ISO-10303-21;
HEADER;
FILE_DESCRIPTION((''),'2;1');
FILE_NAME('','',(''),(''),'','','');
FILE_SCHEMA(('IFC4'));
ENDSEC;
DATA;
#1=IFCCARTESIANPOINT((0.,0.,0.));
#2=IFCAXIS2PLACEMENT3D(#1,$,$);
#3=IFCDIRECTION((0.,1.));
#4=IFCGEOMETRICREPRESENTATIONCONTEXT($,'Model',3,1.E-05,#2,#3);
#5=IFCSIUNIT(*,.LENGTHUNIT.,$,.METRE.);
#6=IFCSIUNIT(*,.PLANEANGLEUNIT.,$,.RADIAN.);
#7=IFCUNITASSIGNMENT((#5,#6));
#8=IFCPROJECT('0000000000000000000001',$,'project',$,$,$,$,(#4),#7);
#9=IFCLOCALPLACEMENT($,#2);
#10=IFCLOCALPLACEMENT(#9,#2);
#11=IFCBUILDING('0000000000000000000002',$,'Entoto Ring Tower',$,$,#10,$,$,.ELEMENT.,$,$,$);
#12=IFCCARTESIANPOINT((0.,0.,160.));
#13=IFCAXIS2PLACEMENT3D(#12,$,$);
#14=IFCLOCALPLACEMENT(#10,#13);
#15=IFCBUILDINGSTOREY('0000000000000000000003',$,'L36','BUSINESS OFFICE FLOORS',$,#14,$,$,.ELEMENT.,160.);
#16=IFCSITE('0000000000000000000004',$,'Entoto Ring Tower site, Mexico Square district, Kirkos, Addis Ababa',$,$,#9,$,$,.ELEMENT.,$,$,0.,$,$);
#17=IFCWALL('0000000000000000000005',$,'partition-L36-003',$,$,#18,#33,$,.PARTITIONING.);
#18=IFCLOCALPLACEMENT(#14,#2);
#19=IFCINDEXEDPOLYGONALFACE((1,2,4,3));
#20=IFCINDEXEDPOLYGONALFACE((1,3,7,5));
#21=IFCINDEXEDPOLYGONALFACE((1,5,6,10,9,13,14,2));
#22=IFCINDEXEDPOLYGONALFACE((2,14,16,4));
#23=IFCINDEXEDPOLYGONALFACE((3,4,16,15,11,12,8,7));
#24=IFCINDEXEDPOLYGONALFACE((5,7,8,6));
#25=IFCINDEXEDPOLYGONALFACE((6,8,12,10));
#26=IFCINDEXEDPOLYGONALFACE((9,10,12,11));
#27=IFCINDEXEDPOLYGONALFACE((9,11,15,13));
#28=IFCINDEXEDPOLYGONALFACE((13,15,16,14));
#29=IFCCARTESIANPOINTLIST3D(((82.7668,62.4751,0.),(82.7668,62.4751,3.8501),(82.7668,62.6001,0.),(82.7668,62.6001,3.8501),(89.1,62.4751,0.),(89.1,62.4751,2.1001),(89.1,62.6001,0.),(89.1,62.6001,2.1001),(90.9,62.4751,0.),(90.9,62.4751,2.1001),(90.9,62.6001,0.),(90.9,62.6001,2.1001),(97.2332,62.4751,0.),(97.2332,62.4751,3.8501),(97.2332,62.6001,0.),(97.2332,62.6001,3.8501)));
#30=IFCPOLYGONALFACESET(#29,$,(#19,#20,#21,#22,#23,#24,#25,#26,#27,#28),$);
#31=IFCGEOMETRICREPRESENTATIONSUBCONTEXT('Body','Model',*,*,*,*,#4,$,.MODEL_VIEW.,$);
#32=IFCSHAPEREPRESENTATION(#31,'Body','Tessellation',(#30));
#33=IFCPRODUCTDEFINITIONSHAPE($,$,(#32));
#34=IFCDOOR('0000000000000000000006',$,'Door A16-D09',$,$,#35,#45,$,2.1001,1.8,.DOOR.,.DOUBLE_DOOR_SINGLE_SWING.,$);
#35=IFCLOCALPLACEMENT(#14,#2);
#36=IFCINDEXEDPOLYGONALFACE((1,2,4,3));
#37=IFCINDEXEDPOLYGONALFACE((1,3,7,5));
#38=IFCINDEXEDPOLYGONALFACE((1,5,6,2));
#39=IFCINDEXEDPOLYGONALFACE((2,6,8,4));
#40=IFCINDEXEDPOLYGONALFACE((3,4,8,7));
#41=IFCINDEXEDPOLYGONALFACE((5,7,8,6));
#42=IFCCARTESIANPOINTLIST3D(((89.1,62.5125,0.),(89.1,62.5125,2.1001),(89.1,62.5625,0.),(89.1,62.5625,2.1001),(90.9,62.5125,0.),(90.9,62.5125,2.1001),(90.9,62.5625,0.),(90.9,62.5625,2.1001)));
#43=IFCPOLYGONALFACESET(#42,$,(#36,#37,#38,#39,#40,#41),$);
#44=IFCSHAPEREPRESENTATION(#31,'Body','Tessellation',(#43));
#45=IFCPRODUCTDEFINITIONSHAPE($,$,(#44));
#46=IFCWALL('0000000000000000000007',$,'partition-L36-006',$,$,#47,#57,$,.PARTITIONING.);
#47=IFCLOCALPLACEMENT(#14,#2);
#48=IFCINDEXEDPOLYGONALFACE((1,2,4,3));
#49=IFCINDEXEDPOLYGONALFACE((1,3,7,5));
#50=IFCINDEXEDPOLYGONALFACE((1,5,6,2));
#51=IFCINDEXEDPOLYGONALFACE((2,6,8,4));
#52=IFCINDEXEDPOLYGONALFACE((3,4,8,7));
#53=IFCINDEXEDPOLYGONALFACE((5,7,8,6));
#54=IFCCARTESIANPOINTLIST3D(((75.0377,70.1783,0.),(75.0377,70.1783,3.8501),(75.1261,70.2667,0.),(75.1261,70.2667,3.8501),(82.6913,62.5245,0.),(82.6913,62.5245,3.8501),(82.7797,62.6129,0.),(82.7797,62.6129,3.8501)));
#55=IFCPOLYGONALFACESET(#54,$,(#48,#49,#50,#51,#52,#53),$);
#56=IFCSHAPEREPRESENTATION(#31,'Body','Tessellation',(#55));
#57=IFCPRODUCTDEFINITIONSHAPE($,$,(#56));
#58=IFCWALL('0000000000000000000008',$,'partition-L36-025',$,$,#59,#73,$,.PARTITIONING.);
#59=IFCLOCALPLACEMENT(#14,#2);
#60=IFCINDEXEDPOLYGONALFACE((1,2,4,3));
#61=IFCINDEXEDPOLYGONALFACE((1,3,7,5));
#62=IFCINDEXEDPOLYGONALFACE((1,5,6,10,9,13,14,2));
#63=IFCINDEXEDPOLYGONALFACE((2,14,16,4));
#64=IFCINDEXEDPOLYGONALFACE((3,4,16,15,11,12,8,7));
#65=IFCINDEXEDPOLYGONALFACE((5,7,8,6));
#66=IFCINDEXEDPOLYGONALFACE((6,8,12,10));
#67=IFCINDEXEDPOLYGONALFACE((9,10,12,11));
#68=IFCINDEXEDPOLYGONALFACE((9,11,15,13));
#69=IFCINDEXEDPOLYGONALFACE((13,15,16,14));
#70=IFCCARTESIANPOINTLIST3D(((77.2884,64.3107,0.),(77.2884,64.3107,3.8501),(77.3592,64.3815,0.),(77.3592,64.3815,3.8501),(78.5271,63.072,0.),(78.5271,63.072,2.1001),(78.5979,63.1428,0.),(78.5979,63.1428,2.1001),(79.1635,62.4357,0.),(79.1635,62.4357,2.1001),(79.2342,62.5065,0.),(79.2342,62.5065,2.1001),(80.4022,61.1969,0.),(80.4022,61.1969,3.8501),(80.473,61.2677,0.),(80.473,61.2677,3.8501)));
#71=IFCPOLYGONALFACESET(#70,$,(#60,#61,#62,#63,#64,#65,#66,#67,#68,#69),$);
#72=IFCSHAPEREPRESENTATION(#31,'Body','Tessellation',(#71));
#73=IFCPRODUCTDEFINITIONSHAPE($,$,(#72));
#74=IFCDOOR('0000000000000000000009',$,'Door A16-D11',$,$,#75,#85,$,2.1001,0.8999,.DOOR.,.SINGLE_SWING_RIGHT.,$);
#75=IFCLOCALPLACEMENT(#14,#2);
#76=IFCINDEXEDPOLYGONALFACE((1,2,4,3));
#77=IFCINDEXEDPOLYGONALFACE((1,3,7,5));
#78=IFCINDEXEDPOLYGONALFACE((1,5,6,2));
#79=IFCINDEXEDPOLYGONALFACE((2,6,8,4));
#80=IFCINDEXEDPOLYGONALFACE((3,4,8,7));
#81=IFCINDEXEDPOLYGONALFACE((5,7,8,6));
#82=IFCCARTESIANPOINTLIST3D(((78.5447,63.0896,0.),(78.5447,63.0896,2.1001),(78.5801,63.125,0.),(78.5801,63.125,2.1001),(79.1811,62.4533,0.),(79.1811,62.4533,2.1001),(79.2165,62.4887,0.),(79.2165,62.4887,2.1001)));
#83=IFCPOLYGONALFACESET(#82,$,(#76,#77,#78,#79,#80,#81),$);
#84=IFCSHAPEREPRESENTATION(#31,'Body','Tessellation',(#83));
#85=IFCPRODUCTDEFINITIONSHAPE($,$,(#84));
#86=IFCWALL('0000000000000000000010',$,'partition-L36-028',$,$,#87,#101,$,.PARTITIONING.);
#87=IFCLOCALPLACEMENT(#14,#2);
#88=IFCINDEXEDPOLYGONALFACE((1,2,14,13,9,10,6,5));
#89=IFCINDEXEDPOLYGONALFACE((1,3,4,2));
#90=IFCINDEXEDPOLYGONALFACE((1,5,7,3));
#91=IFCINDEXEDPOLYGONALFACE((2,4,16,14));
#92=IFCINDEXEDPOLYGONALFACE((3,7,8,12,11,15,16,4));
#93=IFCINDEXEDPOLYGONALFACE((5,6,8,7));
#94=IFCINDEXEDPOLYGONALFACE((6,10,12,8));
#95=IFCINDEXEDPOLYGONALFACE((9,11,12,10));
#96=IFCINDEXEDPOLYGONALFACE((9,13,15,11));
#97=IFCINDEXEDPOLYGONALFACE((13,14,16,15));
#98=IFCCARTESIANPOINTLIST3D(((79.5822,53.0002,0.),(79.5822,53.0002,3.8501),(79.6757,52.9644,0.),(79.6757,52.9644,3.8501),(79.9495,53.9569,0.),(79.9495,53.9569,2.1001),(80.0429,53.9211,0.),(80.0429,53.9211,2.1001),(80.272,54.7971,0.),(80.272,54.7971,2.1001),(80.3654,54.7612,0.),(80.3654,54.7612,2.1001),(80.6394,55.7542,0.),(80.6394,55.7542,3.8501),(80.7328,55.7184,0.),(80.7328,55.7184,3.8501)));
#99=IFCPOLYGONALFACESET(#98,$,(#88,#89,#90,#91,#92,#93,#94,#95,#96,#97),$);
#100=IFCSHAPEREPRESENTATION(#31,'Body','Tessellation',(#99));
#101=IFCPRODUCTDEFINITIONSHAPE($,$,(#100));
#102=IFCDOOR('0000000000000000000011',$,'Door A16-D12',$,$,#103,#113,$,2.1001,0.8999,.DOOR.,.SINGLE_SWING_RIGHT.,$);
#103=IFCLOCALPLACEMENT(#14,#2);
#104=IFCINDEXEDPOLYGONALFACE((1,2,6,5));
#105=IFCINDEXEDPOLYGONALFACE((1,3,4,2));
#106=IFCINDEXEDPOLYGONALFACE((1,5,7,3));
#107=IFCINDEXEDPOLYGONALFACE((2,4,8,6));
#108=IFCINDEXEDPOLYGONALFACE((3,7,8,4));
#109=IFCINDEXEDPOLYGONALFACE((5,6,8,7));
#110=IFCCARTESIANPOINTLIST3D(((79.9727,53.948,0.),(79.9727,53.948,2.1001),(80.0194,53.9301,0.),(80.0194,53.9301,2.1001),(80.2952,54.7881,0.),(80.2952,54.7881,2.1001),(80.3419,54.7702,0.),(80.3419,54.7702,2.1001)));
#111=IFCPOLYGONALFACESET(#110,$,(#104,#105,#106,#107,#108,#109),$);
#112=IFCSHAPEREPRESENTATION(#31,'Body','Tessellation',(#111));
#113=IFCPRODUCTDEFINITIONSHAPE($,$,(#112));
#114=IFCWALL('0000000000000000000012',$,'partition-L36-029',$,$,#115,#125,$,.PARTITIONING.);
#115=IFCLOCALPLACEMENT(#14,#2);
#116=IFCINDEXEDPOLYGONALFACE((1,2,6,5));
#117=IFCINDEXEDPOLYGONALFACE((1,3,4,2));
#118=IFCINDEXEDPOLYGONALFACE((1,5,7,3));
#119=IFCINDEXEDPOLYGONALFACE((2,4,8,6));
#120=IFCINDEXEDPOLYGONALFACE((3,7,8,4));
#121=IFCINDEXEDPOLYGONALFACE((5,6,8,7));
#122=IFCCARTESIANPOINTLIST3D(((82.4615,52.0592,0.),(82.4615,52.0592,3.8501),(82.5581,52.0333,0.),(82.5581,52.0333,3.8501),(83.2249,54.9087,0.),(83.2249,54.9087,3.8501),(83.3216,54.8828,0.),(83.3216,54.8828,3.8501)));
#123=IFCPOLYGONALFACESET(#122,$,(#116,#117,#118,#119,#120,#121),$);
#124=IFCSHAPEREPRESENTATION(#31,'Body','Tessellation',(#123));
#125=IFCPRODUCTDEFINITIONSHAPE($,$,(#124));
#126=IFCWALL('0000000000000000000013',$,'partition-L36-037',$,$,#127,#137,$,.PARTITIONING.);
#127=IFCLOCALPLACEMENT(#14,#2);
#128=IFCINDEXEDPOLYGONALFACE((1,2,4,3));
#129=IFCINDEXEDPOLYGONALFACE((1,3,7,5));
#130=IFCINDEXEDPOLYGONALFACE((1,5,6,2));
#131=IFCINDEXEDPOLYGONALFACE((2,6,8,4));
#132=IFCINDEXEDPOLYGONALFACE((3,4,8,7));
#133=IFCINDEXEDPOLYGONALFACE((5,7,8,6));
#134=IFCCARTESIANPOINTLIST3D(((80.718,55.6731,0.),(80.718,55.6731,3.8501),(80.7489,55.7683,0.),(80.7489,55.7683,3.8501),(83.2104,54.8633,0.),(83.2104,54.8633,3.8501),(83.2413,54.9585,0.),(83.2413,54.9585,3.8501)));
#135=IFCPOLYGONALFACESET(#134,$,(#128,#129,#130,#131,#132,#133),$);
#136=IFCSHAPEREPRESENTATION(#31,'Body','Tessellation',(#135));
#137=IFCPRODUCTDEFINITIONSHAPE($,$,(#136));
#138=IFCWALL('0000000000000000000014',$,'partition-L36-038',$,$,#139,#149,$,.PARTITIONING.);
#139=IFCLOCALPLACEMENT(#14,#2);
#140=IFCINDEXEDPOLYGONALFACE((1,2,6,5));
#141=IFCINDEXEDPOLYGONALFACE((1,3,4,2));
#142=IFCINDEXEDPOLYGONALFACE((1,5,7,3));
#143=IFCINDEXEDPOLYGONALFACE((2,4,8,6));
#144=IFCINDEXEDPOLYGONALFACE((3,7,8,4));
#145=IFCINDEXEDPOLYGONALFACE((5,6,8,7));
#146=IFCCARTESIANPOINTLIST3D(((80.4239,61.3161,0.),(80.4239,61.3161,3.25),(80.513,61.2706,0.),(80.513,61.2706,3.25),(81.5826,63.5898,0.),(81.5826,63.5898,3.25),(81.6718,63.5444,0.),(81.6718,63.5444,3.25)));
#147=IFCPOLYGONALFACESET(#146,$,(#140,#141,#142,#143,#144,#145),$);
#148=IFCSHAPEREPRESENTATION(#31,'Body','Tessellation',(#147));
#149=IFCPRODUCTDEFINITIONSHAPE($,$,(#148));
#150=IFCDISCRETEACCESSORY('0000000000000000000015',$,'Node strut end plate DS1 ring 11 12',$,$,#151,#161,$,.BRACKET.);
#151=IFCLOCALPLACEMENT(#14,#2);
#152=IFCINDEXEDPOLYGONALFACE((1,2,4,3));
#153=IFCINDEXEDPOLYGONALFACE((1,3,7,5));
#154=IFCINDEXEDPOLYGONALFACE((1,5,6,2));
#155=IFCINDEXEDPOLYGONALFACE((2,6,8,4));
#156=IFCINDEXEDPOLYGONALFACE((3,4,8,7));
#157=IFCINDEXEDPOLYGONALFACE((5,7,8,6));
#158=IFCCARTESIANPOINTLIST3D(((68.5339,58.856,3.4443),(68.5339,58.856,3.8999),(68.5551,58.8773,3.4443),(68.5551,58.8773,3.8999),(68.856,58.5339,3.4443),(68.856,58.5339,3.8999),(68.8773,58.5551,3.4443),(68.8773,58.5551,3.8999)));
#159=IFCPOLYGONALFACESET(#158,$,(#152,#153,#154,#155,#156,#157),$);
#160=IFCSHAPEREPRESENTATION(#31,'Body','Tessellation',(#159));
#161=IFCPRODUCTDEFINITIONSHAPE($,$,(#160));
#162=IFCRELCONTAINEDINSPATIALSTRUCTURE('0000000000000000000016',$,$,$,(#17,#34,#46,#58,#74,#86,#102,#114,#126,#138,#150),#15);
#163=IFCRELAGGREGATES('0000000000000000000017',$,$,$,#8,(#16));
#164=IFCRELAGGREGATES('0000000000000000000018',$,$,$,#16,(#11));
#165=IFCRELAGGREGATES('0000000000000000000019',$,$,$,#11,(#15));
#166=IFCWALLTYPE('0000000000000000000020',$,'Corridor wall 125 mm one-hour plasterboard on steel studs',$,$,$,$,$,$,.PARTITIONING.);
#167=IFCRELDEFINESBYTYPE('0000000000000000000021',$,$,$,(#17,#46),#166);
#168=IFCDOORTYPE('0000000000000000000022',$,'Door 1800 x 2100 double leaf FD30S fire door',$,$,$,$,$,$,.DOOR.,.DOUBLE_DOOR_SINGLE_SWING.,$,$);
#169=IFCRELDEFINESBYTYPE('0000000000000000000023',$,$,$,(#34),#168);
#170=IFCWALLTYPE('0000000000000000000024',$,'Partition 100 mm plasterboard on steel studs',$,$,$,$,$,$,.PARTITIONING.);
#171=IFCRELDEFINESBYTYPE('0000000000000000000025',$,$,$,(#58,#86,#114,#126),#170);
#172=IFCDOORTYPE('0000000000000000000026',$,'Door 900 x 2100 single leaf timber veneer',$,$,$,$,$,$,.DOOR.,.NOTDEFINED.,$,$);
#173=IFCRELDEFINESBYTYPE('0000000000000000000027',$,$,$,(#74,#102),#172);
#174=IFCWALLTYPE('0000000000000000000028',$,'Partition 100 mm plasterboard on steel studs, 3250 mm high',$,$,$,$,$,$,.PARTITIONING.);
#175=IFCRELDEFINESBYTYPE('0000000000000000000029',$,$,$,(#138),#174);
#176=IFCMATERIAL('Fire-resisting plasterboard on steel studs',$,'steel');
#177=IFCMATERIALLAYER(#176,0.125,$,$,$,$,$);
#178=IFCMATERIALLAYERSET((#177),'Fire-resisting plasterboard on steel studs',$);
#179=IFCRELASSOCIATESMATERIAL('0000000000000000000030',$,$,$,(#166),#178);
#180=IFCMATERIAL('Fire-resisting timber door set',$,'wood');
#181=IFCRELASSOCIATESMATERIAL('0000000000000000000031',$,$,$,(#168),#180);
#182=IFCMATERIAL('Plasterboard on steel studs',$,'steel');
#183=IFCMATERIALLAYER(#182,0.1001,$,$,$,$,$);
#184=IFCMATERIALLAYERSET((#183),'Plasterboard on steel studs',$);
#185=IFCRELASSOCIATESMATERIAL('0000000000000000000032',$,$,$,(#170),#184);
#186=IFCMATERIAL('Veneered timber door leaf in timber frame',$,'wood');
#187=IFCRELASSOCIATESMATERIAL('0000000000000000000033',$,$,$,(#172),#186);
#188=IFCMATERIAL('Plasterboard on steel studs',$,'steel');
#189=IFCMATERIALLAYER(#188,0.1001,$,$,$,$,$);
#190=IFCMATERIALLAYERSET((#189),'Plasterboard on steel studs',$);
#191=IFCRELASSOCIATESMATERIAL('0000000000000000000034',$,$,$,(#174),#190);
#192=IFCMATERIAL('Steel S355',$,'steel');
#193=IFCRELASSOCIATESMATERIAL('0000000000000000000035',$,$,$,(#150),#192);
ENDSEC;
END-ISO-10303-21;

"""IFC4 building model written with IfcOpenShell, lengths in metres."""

from ifc_helpers import new_model, si_unit, direction, frame, frame_2d, origin, origin_2d, place, context, subcontext, project, spatial, rectangle, extrude, material, layer, layer_set, type_object, element, fill, save


model = new_model("IFC4")

# Units and contexts
model_context = context("Model", 3, precision=1e-05, world=origin(), true_north=direction((0.0, 1.0)))
body_context = subcontext(model_context, "Body", "Model", "MODEL_VIEW")
ifc_project = project(units=[si_unit("LENGTHUNIT", "METRE"), si_unit("PLANEANGLEUNIT", "RADIAN")], contexts=[model_context])

# Site, building, storey
site_placement = place(None, origin())
site = spatial("IfcSite", under=ifc_project, at=site_placement, Name="Entoto Ring Tower site, Mexico Square district, Kirkos, Addis Ababa", CompositionType="ELEMENT", RefElevation=0.0)
building_placement = place(site_placement, origin())
building = spatial("IfcBuilding", under=site, at=building_placement, Name="Entoto Ring Tower", CompositionType="ELEMENT")
storey_placement = place(building_placement, frame((0.0, 0.0, 160.0)))
storey = spatial("IfcBuildingStorey", under=building, at=storey_placement, Name="L36", Description="BUSINESS OFFICE FLOORS", CompositionType="ELEMENT", Elevation=160.0)

# Wall, opening, door
ifc_material_1 = material(Name="Fire-resisting plasterboard on steel studs", Category="steel")
ifc_layer_1 = layer(ifc_material_1, 0.125)
ifc_layer_set_1 = layer_set([ifc_layer_1], Name="Fire-resisting plasterboard on steel studs")
wall_type_1 = type_object("IfcWallType", Name="Corridor wall 125 mm one-hour plasterboard on steel studs", PredefinedType="PARTITIONING", material=ifc_layer_set_1)
wall_1_placement = place(storey_placement, frame((82.7668, 62.5376, 0.0), z_axis=(0.0, 0.0, 1.0), x_axis=(1.0, 0.0, 0.0)))
wall_1 = element("IfcWall", 1, at=wall_1_placement, inside=storey, type_object=wall_type_1, Name="partition-L36-003", PredefinedType="PARTITIONING", context=body_context, shape_type="SweptSolid", body=[
    extrude(rectangle(XDim=14.4663, YDim=0.125, at=frame_2d((7.2332, 0.0))), origin(), (0.0, 0.0, 1.0), 3.8501),
])
opening_1_placement = place(wall_1_placement, frame((6.3333, 0.0, 0.0)))
opening_1 = element("IfcOpeningElement", 2, at=opening_1_placement, cuts=wall_1, PredefinedType="OPENING", context=body_context, shape_type="SweptSolid", body=[
    extrude(rectangle(XDim=1.8, YDim=2.1001, at=frame_2d((0.8999, 1.05))), frame((0.0, 0.0725, 0.0), z_axis=(0.0, -1.0, 0.0), x_axis=(1.0, 0.0, 0.0)), (0.0, 0.0, 1.0), 0.145),
])
ifc_material_2 = material(Name="Fire-resisting timber door set", Category="wood")
door_type_1 = type_object("IfcDoorType", Name="Door 1800 x 2100 double leaf FD30S fire door", OperationType="DOUBLE_DOOR_SINGLE_SWING", PredefinedType="DOOR", material=ifc_material_2)
door_1_placement = place(opening_1_placement, origin())
door_1 = element("IfcDoor", 3, at=door_1_placement, inside=storey, type_object=door_type_1, Name="Door A16-D09", OperationType="DOUBLE_DOOR_SINGLE_SWING", OverallHeight=2.1001, OverallWidth=1.8, PredefinedType="DOOR", context=body_context, shape_type="SweptSolid", body=[
    extrude(rectangle(XDim=1.8, YDim=2.1001, at=frame_2d((0.8999, 1.05))), frame((0.0, 0.0249, 0.0), z_axis=(0.0, -1.0, 0.0), x_axis=(1.0, 0.0, 0.0)), (0.0, 0.0, 1.0), 0.05),
])
fill(opening_1, door_1)

# Wall
wall_2_placement = place(storey_placement, frame((82.7356, 62.5686, 0.0), z_axis=(0.0, 0.0, 1.0), x_axis=(-0.707096, 0.707118, 0.0)))
element("IfcWall", 4, at=wall_2_placement, inside=storey, type_object=wall_type_1, Name="partition-L36-006", PredefinedType="PARTITIONING", context=body_context, shape_type="SweptSolid", body=[
    extrude(rectangle(XDim=10.824, YDim=0.125, at=frame_2d((5.4121, 0.0))), origin(), (0.0, 0.0, 1.0), 3.8501),
])

# Walls, openings, doors
ifc_material_3 = material(Name="Plasterboard on steel studs", Category="steel")
ifc_layer_2 = layer(ifc_material_3, 0.1001)
ifc_layer_set_2 = layer_set([ifc_layer_2], Name="Plasterboard on steel studs")
wall_type_2 = type_object("IfcWallType", Name="Partition 100 mm plasterboard on steel studs", PredefinedType="PARTITIONING", material=ifc_layer_set_2)
wall_3_placement = place(storey_placement, frame((80.4375, 61.2324, 0.0), z_axis=(0.0, 0.0, 1.0), x_axis=(-0.707107, 0.707107, 0.0)))
wall_3 = element("IfcWall", 5, at=wall_3_placement, inside=storey, type_object=wall_type_2, Name="partition-L36-025", PredefinedType="PARTITIONING", context=body_context, shape_type="SweptSolid", body=[
    extrude(rectangle(XDim=4.4036, YDim=0.1001, at=frame_2d((2.2017, 0.0))), origin(), (0.0, 0.0, 1.0), 3.8501),
])
opening_2_placement = place(wall_3_placement, frame((1.7517, 0.0, 0.0)))
opening_2 = element("IfcOpeningElement", 6, at=opening_2_placement, cuts=wall_3, PredefinedType="OPENING", context=body_context, shape_type="SweptSolid", body=[
    extrude(rectangle(XDim=0.8999, YDim=2.1001, at=frame_2d((0.45, 1.05))), frame((0.0, 0.0601, 0.0), z_axis=(0.0, -1.0, 0.0), x_axis=(1.0, 0.0, 0.0)), (0.0, 0.0, 1.0), 0.1201),
])
ifc_material_4 = material(Name="Veneered timber door leaf in timber frame", Category="wood")
door_type_2 = type_object("IfcDoorType", Name="Door 900 x 2100 single leaf timber veneer", OperationType="NOTDEFINED", PredefinedType="DOOR", material=ifc_material_4)
door_2_placement = place(opening_2_placement, frame((0.8999, 0.0, 0.0), z_axis=(0.0, 0.0, 1.0), x_axis=(-1.0, 0.0, 0.0)))
door_2 = element("IfcDoor", 7, at=door_2_placement, inside=storey, type_object=door_type_2, Name="Door A16-D11", OperationType="SINGLE_SWING_RIGHT", OverallHeight=2.1001, OverallWidth=0.8999, PredefinedType="DOOR", context=body_context, shape_type="SweptSolid", body=[
    extrude(rectangle(XDim=0.8999, YDim=2.1001, at=frame_2d((0.45, 1.05))), frame((0.0, 0.0249, 0.0), z_axis=(0.0, -1.0, 0.0), x_axis=(1.0, 0.0, 0.0)), (0.0, 0.0, 1.0), 0.05),
])
fill(opening_2, door_2)
wall_4_placement = place(storey_placement, frame((79.6289, 52.9822, 0.0), z_axis=(0.0, 0.0, 1.0), x_axis=(0.358369, 0.93358, 0.0)))
wall_4 = element("IfcWall", 8, at=wall_4_placement, inside=storey, type_object=wall_type_2, Name="partition-L36-028", PredefinedType="PARTITIONING", context=body_context, shape_type="SweptSolid", body=[
    extrude(rectangle(XDim=2.95, YDim=0.1001, at=frame_2d((1.4751, 0.0))), origin(), (0.0, 0.0, 1.0), 3.8501),
])
opening_3_placement = place(wall_4_placement, frame((1.0249, 0.0, 0.0)))
opening_3 = element("IfcOpeningElement", 9, at=opening_3_placement, cuts=wall_4, PredefinedType="OPENING", context=body_context, shape_type="SweptSolid", body=[
    extrude(rectangle(XDim=0.8999, YDim=2.1001, at=frame_2d((0.45, 1.05))), frame((0.0, 0.0601, 0.0), z_axis=(0.0, -1.0, 0.0), x_axis=(1.0, 0.0, 0.0)), (0.0, 0.0, 1.0), 0.1201),
])
door_3_placement = place(opening_3_placement, frame((0.8999, 0.0, 0.0), z_axis=(0.0, 0.0, 1.0), x_axis=(-1.0, 0.0, 0.0)))
door_3 = element("IfcDoor", 10, at=door_3_placement, inside=storey, type_object=door_type_2, Name="Door A16-D12", OperationType="SINGLE_SWING_RIGHT", OverallHeight=2.1001, OverallWidth=0.8999, PredefinedType="DOOR", context=body_context, shape_type="SweptSolid", body=[
    extrude(rectangle(XDim=0.8999, YDim=2.1001, at=frame_2d((0.45, 1.05))), frame((0.0, 0.0249, 0.0), z_axis=(0.0, -1.0, 0.0), x_axis=(1.0, 0.0, 0.0)), (0.0, 0.0, 1.0), 0.05),
])
fill(opening_3, door_3)

# Walls
wall_5_placement = place(storey_placement, frame((82.5098, 52.0461, 0.0), z_axis=(0.0, 0.0, 1.0), x_axis=(0.258801, 0.965931, 0.0)))
element("IfcWall", 11, at=wall_5_placement, inside=storey, type_object=wall_type_2, Name="partition-L36-029", PredefinedType="PARTITIONING", context=body_context, shape_type="SweptSolid", body=[
    extrude(rectangle(XDim=2.95, YDim=0.1001, at=frame_2d((1.4751, 0.0))), origin(), (0.0, 0.0, 1.0), 3.8501),
])
wall_6_placement = place(storey_placement, frame((83.2258, 54.9109, 0.0), z_axis=(0.0, 0.0, 1.0), x_axis=(-0.951059, 0.309008, 0.0)))
element("IfcWall", 12, at=wall_6_placement, inside=storey, type_object=wall_type_2, Name="partition-L36-037", PredefinedType="PARTITIONING", context=body_context, shape_type="SweptSolid", body=[
    extrude(rectangle(XDim=2.6206, YDim=0.1001, at=frame_2d((1.3103, 0.0))), origin(), (0.0, 0.0, 1.0), 3.8501),
])
ifc_material_5 = material(Name="Plasterboard on steel studs", Category="steel")
ifc_layer_3 = layer(ifc_material_5, 0.1001)
ifc_layer_set_3 = layer_set([ifc_layer_3], Name="Plasterboard on steel studs")
wall_type_3 = type_object("IfcWallType", Name="Partition 100 mm plasterboard on steel studs, 3250 mm high", PredefinedType="PARTITIONING", material=ifc_layer_set_3)
wall_7_placement = place(storey_placement, frame((80.4685, 61.2935, 0.0), z_axis=(0.0, 0.0, 1.0), x_axis=(0.45405, 0.890976, 0.0)))
element("IfcWall", 13, at=wall_7_placement, inside=storey, type_object=wall_type_3, Name="partition-L36-038", PredefinedType="PARTITIONING", context=body_context, shape_type="SweptSolid", body=[
    extrude(rectangle(XDim=2.552, YDim=0.1001, at=frame_2d((1.2759, 0.0))), origin(), (0.0, 0.0, 1.0), 3.25),
])

# Discrete accessory
ifc_material_6 = material(Name="Steel S355", Category="steel")
discrete_accessory_placement = place(storey_placement, frame((68.7056, 58.7056, 3.4443), z_axis=(0.0, 0.0, 1.0), x_axis=(-0.707107, -0.707107, 0.0)))
element("IfcDiscreteAccessory", 14, at=discrete_accessory_placement, inside=storey, material=ifc_material_6, Name="Node strut end plate DS1 ring 11 12", PredefinedType="BRACKET", context=body_context, shape_type="SweptSolid", body=[
    extrude(rectangle(XDim=0.03, YDim=0.4556, at=origin_2d()), origin(), (0.0, 0.0, 1.0), 0.4556),
])

save(model, "model.ifc")
